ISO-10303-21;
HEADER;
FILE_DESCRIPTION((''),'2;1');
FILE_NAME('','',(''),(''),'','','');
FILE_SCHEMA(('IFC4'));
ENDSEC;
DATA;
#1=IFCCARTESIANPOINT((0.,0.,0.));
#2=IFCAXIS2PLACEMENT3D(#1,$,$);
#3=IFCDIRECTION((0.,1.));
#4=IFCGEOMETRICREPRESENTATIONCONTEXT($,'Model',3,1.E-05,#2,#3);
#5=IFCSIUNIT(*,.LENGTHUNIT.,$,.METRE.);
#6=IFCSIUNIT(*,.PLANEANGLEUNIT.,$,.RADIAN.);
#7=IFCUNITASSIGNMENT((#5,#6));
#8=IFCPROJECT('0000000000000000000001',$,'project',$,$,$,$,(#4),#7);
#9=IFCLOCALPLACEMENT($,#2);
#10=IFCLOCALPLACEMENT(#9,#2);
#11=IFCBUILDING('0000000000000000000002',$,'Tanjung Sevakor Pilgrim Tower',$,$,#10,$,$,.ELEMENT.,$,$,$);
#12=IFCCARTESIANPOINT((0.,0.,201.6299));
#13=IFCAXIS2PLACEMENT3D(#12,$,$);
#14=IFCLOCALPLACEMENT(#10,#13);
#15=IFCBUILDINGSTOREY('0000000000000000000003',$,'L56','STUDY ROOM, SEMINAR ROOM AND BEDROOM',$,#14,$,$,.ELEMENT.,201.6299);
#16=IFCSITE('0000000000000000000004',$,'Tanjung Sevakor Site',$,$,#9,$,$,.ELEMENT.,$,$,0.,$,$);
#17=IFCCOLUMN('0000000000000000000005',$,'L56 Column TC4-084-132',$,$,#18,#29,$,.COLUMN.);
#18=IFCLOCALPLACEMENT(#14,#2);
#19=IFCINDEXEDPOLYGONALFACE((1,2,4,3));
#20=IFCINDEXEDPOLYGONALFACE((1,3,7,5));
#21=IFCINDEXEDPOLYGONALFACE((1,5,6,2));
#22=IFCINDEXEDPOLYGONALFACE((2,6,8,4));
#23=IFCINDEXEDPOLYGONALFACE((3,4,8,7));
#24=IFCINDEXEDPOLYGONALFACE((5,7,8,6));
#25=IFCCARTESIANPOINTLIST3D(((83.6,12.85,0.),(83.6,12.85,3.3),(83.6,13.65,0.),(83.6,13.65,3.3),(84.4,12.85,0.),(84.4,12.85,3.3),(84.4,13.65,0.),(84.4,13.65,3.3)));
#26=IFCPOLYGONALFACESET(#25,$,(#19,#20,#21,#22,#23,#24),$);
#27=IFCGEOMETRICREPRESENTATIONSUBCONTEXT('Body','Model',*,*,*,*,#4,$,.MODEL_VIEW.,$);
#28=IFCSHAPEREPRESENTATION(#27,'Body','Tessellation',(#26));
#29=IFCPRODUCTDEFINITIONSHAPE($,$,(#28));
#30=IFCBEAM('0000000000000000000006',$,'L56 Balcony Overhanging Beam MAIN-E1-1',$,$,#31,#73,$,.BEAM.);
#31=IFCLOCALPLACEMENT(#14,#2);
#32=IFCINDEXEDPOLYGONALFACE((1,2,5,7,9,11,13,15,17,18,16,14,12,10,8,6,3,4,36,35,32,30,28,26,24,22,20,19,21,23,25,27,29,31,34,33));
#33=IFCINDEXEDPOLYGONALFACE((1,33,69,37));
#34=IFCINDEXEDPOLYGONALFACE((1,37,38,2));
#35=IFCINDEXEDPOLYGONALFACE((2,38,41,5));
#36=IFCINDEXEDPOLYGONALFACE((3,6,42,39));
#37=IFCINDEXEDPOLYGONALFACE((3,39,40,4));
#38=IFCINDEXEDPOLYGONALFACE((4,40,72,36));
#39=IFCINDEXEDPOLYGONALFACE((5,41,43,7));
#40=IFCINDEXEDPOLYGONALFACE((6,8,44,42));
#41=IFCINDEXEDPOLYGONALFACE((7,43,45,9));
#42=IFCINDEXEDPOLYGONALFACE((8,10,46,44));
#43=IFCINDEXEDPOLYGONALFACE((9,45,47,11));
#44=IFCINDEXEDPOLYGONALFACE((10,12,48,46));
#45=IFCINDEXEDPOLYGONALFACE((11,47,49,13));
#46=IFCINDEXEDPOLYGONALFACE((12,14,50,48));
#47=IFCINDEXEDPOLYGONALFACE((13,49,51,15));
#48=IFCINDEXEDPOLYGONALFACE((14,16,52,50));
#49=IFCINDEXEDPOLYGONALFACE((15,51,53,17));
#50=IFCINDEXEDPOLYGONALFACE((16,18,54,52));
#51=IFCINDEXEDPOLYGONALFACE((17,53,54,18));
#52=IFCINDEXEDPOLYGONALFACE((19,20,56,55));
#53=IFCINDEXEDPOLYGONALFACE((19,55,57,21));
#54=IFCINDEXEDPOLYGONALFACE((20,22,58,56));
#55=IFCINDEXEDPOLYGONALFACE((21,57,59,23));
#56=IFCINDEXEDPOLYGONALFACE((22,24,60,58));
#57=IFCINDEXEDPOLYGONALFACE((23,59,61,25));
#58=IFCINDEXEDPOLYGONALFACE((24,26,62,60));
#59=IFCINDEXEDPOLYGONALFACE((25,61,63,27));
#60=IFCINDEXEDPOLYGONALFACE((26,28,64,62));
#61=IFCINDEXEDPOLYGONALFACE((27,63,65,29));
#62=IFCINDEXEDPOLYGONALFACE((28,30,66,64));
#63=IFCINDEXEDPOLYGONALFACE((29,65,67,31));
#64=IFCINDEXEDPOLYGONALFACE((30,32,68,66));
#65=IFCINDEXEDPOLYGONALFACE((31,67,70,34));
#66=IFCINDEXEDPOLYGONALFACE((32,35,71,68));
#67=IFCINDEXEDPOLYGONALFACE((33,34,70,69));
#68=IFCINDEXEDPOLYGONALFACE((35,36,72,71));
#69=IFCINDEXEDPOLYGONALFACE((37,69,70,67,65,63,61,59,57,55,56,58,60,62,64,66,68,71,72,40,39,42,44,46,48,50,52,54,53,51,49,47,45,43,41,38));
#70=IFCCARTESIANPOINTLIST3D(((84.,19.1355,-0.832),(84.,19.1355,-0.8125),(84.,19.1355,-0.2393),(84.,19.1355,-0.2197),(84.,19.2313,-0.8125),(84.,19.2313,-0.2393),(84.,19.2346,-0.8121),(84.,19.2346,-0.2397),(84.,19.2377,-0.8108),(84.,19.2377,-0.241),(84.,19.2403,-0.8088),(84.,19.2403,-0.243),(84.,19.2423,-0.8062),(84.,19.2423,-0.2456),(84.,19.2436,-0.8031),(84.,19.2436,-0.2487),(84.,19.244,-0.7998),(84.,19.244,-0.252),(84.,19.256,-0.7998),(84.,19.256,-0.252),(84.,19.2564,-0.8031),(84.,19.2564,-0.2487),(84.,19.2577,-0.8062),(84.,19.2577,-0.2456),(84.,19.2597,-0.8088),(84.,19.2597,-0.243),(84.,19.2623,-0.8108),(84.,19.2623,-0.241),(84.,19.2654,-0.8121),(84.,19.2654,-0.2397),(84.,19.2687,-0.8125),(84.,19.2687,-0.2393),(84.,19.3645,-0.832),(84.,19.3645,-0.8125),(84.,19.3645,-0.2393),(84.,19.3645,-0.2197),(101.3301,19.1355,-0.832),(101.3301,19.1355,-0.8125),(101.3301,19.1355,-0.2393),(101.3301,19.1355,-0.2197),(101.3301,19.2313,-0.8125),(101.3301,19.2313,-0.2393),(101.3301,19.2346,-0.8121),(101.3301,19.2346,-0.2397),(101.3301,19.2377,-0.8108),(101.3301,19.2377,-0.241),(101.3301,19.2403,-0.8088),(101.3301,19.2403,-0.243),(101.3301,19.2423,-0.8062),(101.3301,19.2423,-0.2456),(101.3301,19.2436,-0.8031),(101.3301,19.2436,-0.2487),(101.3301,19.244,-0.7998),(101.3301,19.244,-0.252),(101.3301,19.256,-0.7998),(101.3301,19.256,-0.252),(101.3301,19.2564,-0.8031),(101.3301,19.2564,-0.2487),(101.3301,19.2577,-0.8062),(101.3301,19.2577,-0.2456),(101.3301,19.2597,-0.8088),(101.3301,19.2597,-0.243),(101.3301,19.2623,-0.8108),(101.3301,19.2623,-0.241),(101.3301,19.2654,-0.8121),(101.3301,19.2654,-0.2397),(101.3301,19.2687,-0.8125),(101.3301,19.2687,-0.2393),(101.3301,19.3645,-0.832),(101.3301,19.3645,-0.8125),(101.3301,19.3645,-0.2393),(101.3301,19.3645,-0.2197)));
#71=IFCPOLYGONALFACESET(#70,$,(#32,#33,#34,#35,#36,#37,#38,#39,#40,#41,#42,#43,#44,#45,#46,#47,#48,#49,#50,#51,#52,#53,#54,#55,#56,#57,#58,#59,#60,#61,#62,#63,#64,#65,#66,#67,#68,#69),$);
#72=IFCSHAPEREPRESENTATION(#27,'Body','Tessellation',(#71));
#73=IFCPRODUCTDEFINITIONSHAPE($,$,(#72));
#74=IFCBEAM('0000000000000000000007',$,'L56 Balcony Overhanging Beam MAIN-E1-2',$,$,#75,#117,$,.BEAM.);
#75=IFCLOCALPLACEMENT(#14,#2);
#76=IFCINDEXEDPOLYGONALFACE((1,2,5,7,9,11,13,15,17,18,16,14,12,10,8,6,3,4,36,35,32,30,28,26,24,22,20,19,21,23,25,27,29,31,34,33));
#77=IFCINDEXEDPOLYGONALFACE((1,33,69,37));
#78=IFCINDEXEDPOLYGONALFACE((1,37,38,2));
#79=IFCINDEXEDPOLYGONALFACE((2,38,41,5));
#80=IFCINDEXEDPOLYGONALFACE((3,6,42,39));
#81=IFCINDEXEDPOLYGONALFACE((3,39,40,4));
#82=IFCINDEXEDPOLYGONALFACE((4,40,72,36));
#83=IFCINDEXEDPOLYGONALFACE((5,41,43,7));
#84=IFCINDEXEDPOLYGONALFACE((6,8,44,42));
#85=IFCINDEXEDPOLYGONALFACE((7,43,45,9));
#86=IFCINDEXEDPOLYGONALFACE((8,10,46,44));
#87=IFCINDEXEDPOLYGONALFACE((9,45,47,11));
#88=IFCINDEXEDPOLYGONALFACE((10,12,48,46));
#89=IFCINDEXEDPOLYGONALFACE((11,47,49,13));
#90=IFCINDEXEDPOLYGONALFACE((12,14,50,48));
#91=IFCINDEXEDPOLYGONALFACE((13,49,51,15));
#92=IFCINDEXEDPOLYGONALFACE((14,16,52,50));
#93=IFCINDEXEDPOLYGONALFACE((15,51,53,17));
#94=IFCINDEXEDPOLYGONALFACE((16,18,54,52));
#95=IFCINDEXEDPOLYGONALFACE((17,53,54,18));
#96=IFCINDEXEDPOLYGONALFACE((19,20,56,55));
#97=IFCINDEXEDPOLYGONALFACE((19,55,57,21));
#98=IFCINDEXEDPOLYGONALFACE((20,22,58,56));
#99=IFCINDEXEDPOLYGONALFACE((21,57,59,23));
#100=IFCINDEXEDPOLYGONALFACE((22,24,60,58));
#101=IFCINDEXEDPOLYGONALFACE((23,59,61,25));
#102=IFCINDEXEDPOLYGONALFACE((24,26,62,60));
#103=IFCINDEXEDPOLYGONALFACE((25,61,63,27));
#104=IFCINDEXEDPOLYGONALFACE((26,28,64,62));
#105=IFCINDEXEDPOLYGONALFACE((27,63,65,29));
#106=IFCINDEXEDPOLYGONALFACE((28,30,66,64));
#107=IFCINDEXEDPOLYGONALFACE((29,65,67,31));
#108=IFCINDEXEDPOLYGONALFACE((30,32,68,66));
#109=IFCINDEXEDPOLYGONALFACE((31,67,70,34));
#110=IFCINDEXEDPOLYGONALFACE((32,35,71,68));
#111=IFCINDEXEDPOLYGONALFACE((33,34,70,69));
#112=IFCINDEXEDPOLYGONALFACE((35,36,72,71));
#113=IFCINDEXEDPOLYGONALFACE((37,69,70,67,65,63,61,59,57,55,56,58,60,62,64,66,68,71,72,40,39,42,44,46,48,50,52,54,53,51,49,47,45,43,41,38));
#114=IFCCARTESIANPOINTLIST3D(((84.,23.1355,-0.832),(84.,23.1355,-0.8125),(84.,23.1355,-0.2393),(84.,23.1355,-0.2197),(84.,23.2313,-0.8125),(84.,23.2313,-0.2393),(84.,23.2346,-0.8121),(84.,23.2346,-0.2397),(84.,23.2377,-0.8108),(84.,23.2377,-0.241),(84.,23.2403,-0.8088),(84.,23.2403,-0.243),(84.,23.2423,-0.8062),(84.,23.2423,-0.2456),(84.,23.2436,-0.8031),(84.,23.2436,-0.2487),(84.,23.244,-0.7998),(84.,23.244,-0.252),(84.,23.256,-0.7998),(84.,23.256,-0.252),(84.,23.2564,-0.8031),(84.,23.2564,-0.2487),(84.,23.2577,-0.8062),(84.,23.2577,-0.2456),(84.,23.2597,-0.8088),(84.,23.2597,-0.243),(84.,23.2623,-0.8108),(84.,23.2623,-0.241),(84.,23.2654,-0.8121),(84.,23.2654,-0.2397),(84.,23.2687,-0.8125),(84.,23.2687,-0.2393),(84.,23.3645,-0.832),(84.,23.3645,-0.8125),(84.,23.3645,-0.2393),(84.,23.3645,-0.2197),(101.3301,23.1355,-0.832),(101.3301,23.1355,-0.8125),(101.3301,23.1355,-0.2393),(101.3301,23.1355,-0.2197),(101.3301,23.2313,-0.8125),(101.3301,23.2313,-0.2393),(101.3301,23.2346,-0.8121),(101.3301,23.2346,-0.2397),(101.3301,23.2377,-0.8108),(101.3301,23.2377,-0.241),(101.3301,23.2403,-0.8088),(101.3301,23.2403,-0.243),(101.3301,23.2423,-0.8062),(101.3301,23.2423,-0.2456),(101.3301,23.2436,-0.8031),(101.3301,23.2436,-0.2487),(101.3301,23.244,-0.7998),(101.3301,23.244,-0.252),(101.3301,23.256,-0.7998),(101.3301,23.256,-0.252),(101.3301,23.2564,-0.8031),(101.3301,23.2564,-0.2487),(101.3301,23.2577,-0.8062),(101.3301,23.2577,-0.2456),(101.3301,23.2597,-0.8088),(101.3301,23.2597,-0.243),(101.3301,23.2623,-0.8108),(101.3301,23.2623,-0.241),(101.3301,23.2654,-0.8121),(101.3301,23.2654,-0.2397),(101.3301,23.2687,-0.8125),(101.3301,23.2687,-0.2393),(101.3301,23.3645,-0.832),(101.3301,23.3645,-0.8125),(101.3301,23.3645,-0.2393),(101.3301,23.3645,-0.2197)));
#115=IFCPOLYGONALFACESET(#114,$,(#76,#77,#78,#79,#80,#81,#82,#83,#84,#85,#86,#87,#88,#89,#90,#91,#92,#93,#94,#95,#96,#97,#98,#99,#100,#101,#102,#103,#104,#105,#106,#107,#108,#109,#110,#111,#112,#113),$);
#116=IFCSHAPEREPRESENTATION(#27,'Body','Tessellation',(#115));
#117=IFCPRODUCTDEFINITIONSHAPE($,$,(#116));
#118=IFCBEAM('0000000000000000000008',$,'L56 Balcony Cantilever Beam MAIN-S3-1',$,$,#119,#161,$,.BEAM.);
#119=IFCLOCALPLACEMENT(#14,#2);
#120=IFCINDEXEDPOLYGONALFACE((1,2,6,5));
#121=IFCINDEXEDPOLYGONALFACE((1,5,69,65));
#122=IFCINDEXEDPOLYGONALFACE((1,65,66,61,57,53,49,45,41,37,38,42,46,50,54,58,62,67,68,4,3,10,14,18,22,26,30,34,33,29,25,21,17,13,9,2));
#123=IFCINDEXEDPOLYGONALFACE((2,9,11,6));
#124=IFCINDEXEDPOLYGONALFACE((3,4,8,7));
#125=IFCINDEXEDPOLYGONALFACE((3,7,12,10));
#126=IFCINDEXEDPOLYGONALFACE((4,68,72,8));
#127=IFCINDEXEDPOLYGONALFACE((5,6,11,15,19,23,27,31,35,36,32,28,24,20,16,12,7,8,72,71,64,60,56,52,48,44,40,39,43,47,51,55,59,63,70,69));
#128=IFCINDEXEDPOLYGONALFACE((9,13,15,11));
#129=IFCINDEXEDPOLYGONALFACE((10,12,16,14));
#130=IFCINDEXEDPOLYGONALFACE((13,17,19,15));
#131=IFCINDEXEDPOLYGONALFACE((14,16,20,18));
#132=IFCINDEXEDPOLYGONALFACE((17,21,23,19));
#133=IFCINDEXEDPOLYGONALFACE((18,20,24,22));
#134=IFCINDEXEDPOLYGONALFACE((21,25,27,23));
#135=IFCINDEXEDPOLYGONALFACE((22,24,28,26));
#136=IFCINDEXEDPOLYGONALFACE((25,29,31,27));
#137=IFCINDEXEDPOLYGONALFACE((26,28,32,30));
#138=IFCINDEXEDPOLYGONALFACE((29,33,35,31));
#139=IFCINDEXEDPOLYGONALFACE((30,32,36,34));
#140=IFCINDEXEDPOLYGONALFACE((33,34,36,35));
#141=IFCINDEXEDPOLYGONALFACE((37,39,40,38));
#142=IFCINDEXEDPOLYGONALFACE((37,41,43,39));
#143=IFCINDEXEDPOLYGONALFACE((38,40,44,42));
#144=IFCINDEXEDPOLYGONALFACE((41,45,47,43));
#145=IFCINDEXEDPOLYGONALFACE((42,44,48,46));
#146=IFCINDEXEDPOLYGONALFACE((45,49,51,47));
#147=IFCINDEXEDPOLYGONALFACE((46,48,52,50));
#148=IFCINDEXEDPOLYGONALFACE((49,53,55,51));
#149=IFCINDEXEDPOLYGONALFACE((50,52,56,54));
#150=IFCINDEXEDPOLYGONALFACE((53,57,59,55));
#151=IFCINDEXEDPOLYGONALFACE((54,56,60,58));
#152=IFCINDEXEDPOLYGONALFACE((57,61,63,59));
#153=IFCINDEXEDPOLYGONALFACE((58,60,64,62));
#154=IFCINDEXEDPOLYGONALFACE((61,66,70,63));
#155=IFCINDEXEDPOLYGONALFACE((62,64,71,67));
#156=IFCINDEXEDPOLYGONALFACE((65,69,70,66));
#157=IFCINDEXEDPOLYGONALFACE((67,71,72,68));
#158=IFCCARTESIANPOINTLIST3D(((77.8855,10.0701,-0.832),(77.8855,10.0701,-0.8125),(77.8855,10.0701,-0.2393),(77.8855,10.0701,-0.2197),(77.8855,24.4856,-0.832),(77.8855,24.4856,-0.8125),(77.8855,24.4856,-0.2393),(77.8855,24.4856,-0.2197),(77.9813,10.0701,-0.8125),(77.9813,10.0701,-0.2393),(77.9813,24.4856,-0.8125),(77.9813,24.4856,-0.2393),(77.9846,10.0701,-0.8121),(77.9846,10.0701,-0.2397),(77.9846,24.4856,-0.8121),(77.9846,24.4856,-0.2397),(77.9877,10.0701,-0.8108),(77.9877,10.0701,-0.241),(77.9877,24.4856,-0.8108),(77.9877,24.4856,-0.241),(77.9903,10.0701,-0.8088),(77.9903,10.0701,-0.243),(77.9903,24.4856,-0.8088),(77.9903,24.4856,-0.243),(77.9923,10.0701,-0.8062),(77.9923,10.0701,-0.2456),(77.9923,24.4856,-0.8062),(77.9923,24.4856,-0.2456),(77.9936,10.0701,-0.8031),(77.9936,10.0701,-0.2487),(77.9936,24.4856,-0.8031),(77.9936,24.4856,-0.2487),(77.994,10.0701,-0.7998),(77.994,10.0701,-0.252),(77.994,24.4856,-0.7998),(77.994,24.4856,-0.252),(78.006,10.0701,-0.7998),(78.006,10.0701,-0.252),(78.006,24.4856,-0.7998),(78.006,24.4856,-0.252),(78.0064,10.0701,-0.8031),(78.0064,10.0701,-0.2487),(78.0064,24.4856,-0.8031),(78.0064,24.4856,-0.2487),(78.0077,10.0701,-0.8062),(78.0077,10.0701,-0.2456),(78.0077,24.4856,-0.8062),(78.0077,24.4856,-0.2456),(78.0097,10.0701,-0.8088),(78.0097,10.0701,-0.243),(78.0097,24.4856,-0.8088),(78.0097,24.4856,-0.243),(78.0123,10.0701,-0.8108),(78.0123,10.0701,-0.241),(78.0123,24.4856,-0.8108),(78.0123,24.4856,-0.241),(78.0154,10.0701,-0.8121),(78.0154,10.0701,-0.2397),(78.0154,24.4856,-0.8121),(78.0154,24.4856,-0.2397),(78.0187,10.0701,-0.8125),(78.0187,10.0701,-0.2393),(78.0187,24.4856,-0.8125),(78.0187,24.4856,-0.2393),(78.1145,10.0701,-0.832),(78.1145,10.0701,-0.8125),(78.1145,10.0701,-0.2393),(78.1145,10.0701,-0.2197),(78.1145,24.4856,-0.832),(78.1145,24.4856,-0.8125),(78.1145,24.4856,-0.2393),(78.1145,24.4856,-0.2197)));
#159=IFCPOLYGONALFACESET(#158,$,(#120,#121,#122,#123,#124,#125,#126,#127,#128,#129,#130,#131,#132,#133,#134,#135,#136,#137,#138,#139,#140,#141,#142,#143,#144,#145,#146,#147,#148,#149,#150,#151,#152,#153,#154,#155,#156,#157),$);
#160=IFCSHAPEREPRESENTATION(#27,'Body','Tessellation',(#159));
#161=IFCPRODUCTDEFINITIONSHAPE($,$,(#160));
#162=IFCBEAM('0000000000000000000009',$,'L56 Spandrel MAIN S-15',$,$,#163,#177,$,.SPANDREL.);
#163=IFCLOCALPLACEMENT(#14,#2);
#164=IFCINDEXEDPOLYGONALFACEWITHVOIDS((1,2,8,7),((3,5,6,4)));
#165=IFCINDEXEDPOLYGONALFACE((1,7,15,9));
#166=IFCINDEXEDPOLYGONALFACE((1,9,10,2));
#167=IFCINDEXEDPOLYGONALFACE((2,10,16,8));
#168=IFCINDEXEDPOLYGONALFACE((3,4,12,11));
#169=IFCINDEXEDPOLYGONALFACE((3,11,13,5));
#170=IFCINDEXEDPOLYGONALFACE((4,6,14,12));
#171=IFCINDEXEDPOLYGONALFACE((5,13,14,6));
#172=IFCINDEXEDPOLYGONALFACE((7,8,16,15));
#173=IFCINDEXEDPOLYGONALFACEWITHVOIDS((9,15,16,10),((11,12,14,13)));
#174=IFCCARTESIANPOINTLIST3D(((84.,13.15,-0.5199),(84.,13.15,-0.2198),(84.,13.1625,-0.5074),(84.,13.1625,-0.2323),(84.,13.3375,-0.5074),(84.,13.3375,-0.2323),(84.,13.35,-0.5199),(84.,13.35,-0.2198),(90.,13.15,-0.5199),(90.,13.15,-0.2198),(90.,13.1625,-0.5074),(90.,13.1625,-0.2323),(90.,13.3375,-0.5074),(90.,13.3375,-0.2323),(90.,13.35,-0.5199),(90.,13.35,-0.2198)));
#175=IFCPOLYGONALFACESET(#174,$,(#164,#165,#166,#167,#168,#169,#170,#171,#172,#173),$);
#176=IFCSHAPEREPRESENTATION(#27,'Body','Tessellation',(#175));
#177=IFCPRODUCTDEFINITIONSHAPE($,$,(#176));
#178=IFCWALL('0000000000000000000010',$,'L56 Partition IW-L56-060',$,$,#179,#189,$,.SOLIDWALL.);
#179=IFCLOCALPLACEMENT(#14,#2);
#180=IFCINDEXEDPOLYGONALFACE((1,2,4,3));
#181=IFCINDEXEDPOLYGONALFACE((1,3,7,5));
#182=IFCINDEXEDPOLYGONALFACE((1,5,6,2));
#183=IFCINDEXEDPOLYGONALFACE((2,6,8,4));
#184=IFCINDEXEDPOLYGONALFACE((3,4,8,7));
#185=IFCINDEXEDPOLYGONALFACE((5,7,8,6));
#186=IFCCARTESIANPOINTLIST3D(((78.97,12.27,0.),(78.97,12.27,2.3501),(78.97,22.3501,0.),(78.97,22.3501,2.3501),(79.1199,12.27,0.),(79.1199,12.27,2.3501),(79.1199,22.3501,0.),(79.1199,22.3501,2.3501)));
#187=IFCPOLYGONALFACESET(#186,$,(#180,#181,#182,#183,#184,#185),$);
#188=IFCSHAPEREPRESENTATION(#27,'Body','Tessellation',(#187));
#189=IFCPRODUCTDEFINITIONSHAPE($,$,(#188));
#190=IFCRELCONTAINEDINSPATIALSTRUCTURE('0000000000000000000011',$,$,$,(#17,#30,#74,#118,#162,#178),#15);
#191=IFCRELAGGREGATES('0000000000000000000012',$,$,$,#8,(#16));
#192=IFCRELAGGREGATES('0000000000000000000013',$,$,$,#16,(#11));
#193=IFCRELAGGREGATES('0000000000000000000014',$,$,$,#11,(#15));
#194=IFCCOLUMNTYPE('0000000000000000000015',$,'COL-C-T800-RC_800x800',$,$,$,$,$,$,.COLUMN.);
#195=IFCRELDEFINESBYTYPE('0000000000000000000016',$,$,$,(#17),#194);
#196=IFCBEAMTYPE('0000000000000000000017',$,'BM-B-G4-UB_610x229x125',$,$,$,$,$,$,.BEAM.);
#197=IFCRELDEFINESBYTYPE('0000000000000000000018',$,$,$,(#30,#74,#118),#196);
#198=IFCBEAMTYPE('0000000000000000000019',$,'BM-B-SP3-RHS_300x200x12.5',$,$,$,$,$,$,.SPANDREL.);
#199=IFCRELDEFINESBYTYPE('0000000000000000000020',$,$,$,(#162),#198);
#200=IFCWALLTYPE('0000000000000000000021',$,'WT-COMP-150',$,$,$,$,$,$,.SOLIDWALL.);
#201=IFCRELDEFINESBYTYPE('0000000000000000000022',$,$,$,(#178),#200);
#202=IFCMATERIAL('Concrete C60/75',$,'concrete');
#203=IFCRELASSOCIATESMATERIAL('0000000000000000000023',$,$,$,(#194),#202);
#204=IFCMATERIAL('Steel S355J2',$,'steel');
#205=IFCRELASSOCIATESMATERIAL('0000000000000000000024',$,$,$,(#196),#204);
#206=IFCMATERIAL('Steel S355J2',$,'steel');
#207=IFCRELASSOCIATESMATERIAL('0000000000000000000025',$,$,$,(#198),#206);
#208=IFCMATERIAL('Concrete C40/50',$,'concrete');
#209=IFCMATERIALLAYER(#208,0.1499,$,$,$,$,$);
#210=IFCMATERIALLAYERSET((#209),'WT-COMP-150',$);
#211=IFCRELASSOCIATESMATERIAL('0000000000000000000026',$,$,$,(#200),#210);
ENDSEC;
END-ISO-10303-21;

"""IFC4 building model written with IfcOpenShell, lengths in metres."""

from ifc_helpers import new_model, si_unit, direction, frame, frame_2d, origin, origin_2d, place, context, subcontext, project, spatial, rectangle, hollow_rectangle, i_section, extrude, material, layer, layer_set, material_profile, profile_set, type_object, element, save


model = new_model("IFC4")

# Units and contexts
model_context = context("Model", 3, precision=1e-05, world=origin(), true_north=direction((0.0, 1.0)))
body_context = subcontext(model_context, "Body", "Model", "MODEL_VIEW")
ifc_project = project(units=[si_unit("LENGTHUNIT", "METRE"), si_unit("PLANEANGLEUNIT", "RADIAN")], contexts=[model_context])

# Site, building, storey
site_placement = place(None, origin())
site = spatial("IfcSite", under=ifc_project, at=site_placement, Name="Tanjung Sevakor Site", CompositionType="ELEMENT", RefElevation=0.0)
building_placement = place(site_placement, origin())
building = spatial("IfcBuilding", under=site, at=building_placement, Name="Tanjung Sevakor Pilgrim Tower", CompositionType="ELEMENT")
storey_placement = place(building_placement, frame((0.0, 0.0, 201.6299)))
storey = spatial("IfcBuildingStorey", under=building, at=storey_placement, Name="L56", Description="STUDY ROOM, SEMINAR ROOM AND BEDROOM", CompositionType="ELEMENT", Elevation=201.6299)

# Column
ifc_material_1 = material(Name="Concrete C60/75", Category="concrete")
ifc_material_profile_1 = material_profile(ifc_material_1, rectangle(XDim=0.8, YDim=0.8, at=origin_2d()))
ifc_profile_set_1 = profile_set([ifc_material_profile_1], Name="Concrete C60/75")
column_type = type_object("IfcColumnType", Name="COL-C-T800-RC_800x800", PredefinedType="COLUMN", material=ifc_profile_set_1)
column_placement = place(storey_placement, frame((84.0, 13.25, 0.0), z_axis=(0.0, 0.0, 1.0), x_axis=(1.0, 0.0, 0.0)))
element("IfcColumn", 1, at=column_placement, inside=storey, type_object=column_type, Name="L56 Column TC4-084-132", PredefinedType="COLUMN", context=body_context, shape_type="SweptSolid", body=[
    extrude(rectangle(XDim=0.8, YDim=0.8, at=origin_2d()), origin(), (0.0, 0.0, 1.0), 3.3),
])

# Beams
ifc_material_2 = material(Name="Steel S355J2", Category="steel")
ifc_material_profile_2 = material_profile(ifc_material_2, i_section(OverallWidth=0.229, OverallDepth=0.6123, WebThickness=0.012, FlangeThickness=0.0195, FilletRadius=0.0127, at=origin_2d()))
ifc_profile_set_2 = profile_set([ifc_material_profile_2], Name="Steel S355J2")
beam_type_1 = type_object("IfcBeamType", Name="BM-B-G4-UB_610x229x125", PredefinedType="BEAM", material=ifc_profile_set_2)
for number, where, z_axis, x_axis, name in (
    (2, (84.0, 19.25, -0.5259), (1.0, 0.0, 0.0), (0.0, 1.0, 0.0), "L56 Balcony Overhanging Beam MAIN-E1-1"),
    (3, (84.0, 23.25, -0.5259), (1.0, 0.0, 0.0), (0.0, 1.0, 0.0), "L56 Balcony Overhanging Beam MAIN-E1-2"),
):
    element("IfcBeam", number, at=place(storey_placement, frame(where, z_axis=z_axis, x_axis=x_axis)), inside=storey, type_object=beam_type_1, Name=name, PredefinedType="BEAM", context=body_context, shape_type="SweptSolid", body=[
        extrude(i_section(OverallWidth=0.229, OverallDepth=0.6123, WebThickness=0.012, FlangeThickness=0.0195, FilletRadius=0.0127, at=origin_2d()), origin(), (0.0, 0.0, 1.0), 17.3301),
    ])
beam_1_placement = place(storey_placement, frame((78.0, 24.4856, -0.5259), z_axis=(0.0, -1.0, 0.0), x_axis=(1.0, 0.0, 0.0)))
element("IfcBeam", 4, at=beam_1_placement, inside=storey, type_object=beam_type_1, Name="L56 Balcony Cantilever Beam MAIN-S3-1", PredefinedType="BEAM", context=body_context, shape_type="SweptSolid", body=[
    extrude(i_section(OverallWidth=0.229, OverallDepth=0.6123, WebThickness=0.012, FlangeThickness=0.0195, FilletRadius=0.0127, at=origin_2d()), origin(), (0.0, 0.0, 1.0), 14.4155),
])
ifc_material_3 = material(Name="Steel S355J2", Category="steel")
ifc_material_profile_3 = material_profile(ifc_material_3, hollow_rectangle(XDim=0.2, YDim=0.3, WallThickness=0.0125, at=origin_2d()))
ifc_profile_set_3 = profile_set([ifc_material_profile_3], Name="Steel S355J2")
beam_type_2 = type_object("IfcBeamType", Name="BM-B-SP3-RHS_300x200x12.5", PredefinedType="SPANDREL", material=ifc_profile_set_3)
beam_2_placement = place(storey_placement, frame((84.0, 13.25, -0.3699), z_axis=(1.0, 0.0, 0.0), x_axis=(0.0, 1.0, 0.0)))
element("IfcBeam", 5, at=beam_2_placement, inside=storey, type_object=beam_type_2, Name="L56 Spandrel MAIN S-15", PredefinedType="SPANDREL", context=body_context, shape_type="SweptSolid", body=[
    extrude(hollow_rectangle(XDim=0.2, YDim=0.3, WallThickness=0.0125, at=origin_2d()), origin(), (0.0, 0.0, 1.0), 6.0),
])

# Wall
ifc_material_4 = material(Name="Concrete C40/50", Category="concrete")
ifc_layer_1 = layer(ifc_material_4, 0.1499)
ifc_layer_set_1 = layer_set([ifc_layer_1], Name="WT-COMP-150")
wall_type_1 = type_object("IfcWallType", Name="WT-COMP-150", PredefinedType="SOLIDWALL", material=ifc_layer_set_1)
wall_1_placement = place(storey_placement, frame((79.0449, 12.27, 0.0), z_axis=(0.0, 0.0, 1.0), x_axis=(0.0, 1.0, 0.0)))
element("IfcWall", 6, at=wall_1_placement, inside=storey, type_object=wall_type_1, Name="L56 Partition IW-L56-060", PredefinedType="SOLIDWALL", context=body_context, shape_type="SweptSolid", body=[
    extrude(rectangle(XDim=10.0801, YDim=0.1499, at=frame_2d((5.04, 0.0))), origin(), (0.0, 0.0, 1.0), 2.3501),
])

save(model, "model.ifc")
